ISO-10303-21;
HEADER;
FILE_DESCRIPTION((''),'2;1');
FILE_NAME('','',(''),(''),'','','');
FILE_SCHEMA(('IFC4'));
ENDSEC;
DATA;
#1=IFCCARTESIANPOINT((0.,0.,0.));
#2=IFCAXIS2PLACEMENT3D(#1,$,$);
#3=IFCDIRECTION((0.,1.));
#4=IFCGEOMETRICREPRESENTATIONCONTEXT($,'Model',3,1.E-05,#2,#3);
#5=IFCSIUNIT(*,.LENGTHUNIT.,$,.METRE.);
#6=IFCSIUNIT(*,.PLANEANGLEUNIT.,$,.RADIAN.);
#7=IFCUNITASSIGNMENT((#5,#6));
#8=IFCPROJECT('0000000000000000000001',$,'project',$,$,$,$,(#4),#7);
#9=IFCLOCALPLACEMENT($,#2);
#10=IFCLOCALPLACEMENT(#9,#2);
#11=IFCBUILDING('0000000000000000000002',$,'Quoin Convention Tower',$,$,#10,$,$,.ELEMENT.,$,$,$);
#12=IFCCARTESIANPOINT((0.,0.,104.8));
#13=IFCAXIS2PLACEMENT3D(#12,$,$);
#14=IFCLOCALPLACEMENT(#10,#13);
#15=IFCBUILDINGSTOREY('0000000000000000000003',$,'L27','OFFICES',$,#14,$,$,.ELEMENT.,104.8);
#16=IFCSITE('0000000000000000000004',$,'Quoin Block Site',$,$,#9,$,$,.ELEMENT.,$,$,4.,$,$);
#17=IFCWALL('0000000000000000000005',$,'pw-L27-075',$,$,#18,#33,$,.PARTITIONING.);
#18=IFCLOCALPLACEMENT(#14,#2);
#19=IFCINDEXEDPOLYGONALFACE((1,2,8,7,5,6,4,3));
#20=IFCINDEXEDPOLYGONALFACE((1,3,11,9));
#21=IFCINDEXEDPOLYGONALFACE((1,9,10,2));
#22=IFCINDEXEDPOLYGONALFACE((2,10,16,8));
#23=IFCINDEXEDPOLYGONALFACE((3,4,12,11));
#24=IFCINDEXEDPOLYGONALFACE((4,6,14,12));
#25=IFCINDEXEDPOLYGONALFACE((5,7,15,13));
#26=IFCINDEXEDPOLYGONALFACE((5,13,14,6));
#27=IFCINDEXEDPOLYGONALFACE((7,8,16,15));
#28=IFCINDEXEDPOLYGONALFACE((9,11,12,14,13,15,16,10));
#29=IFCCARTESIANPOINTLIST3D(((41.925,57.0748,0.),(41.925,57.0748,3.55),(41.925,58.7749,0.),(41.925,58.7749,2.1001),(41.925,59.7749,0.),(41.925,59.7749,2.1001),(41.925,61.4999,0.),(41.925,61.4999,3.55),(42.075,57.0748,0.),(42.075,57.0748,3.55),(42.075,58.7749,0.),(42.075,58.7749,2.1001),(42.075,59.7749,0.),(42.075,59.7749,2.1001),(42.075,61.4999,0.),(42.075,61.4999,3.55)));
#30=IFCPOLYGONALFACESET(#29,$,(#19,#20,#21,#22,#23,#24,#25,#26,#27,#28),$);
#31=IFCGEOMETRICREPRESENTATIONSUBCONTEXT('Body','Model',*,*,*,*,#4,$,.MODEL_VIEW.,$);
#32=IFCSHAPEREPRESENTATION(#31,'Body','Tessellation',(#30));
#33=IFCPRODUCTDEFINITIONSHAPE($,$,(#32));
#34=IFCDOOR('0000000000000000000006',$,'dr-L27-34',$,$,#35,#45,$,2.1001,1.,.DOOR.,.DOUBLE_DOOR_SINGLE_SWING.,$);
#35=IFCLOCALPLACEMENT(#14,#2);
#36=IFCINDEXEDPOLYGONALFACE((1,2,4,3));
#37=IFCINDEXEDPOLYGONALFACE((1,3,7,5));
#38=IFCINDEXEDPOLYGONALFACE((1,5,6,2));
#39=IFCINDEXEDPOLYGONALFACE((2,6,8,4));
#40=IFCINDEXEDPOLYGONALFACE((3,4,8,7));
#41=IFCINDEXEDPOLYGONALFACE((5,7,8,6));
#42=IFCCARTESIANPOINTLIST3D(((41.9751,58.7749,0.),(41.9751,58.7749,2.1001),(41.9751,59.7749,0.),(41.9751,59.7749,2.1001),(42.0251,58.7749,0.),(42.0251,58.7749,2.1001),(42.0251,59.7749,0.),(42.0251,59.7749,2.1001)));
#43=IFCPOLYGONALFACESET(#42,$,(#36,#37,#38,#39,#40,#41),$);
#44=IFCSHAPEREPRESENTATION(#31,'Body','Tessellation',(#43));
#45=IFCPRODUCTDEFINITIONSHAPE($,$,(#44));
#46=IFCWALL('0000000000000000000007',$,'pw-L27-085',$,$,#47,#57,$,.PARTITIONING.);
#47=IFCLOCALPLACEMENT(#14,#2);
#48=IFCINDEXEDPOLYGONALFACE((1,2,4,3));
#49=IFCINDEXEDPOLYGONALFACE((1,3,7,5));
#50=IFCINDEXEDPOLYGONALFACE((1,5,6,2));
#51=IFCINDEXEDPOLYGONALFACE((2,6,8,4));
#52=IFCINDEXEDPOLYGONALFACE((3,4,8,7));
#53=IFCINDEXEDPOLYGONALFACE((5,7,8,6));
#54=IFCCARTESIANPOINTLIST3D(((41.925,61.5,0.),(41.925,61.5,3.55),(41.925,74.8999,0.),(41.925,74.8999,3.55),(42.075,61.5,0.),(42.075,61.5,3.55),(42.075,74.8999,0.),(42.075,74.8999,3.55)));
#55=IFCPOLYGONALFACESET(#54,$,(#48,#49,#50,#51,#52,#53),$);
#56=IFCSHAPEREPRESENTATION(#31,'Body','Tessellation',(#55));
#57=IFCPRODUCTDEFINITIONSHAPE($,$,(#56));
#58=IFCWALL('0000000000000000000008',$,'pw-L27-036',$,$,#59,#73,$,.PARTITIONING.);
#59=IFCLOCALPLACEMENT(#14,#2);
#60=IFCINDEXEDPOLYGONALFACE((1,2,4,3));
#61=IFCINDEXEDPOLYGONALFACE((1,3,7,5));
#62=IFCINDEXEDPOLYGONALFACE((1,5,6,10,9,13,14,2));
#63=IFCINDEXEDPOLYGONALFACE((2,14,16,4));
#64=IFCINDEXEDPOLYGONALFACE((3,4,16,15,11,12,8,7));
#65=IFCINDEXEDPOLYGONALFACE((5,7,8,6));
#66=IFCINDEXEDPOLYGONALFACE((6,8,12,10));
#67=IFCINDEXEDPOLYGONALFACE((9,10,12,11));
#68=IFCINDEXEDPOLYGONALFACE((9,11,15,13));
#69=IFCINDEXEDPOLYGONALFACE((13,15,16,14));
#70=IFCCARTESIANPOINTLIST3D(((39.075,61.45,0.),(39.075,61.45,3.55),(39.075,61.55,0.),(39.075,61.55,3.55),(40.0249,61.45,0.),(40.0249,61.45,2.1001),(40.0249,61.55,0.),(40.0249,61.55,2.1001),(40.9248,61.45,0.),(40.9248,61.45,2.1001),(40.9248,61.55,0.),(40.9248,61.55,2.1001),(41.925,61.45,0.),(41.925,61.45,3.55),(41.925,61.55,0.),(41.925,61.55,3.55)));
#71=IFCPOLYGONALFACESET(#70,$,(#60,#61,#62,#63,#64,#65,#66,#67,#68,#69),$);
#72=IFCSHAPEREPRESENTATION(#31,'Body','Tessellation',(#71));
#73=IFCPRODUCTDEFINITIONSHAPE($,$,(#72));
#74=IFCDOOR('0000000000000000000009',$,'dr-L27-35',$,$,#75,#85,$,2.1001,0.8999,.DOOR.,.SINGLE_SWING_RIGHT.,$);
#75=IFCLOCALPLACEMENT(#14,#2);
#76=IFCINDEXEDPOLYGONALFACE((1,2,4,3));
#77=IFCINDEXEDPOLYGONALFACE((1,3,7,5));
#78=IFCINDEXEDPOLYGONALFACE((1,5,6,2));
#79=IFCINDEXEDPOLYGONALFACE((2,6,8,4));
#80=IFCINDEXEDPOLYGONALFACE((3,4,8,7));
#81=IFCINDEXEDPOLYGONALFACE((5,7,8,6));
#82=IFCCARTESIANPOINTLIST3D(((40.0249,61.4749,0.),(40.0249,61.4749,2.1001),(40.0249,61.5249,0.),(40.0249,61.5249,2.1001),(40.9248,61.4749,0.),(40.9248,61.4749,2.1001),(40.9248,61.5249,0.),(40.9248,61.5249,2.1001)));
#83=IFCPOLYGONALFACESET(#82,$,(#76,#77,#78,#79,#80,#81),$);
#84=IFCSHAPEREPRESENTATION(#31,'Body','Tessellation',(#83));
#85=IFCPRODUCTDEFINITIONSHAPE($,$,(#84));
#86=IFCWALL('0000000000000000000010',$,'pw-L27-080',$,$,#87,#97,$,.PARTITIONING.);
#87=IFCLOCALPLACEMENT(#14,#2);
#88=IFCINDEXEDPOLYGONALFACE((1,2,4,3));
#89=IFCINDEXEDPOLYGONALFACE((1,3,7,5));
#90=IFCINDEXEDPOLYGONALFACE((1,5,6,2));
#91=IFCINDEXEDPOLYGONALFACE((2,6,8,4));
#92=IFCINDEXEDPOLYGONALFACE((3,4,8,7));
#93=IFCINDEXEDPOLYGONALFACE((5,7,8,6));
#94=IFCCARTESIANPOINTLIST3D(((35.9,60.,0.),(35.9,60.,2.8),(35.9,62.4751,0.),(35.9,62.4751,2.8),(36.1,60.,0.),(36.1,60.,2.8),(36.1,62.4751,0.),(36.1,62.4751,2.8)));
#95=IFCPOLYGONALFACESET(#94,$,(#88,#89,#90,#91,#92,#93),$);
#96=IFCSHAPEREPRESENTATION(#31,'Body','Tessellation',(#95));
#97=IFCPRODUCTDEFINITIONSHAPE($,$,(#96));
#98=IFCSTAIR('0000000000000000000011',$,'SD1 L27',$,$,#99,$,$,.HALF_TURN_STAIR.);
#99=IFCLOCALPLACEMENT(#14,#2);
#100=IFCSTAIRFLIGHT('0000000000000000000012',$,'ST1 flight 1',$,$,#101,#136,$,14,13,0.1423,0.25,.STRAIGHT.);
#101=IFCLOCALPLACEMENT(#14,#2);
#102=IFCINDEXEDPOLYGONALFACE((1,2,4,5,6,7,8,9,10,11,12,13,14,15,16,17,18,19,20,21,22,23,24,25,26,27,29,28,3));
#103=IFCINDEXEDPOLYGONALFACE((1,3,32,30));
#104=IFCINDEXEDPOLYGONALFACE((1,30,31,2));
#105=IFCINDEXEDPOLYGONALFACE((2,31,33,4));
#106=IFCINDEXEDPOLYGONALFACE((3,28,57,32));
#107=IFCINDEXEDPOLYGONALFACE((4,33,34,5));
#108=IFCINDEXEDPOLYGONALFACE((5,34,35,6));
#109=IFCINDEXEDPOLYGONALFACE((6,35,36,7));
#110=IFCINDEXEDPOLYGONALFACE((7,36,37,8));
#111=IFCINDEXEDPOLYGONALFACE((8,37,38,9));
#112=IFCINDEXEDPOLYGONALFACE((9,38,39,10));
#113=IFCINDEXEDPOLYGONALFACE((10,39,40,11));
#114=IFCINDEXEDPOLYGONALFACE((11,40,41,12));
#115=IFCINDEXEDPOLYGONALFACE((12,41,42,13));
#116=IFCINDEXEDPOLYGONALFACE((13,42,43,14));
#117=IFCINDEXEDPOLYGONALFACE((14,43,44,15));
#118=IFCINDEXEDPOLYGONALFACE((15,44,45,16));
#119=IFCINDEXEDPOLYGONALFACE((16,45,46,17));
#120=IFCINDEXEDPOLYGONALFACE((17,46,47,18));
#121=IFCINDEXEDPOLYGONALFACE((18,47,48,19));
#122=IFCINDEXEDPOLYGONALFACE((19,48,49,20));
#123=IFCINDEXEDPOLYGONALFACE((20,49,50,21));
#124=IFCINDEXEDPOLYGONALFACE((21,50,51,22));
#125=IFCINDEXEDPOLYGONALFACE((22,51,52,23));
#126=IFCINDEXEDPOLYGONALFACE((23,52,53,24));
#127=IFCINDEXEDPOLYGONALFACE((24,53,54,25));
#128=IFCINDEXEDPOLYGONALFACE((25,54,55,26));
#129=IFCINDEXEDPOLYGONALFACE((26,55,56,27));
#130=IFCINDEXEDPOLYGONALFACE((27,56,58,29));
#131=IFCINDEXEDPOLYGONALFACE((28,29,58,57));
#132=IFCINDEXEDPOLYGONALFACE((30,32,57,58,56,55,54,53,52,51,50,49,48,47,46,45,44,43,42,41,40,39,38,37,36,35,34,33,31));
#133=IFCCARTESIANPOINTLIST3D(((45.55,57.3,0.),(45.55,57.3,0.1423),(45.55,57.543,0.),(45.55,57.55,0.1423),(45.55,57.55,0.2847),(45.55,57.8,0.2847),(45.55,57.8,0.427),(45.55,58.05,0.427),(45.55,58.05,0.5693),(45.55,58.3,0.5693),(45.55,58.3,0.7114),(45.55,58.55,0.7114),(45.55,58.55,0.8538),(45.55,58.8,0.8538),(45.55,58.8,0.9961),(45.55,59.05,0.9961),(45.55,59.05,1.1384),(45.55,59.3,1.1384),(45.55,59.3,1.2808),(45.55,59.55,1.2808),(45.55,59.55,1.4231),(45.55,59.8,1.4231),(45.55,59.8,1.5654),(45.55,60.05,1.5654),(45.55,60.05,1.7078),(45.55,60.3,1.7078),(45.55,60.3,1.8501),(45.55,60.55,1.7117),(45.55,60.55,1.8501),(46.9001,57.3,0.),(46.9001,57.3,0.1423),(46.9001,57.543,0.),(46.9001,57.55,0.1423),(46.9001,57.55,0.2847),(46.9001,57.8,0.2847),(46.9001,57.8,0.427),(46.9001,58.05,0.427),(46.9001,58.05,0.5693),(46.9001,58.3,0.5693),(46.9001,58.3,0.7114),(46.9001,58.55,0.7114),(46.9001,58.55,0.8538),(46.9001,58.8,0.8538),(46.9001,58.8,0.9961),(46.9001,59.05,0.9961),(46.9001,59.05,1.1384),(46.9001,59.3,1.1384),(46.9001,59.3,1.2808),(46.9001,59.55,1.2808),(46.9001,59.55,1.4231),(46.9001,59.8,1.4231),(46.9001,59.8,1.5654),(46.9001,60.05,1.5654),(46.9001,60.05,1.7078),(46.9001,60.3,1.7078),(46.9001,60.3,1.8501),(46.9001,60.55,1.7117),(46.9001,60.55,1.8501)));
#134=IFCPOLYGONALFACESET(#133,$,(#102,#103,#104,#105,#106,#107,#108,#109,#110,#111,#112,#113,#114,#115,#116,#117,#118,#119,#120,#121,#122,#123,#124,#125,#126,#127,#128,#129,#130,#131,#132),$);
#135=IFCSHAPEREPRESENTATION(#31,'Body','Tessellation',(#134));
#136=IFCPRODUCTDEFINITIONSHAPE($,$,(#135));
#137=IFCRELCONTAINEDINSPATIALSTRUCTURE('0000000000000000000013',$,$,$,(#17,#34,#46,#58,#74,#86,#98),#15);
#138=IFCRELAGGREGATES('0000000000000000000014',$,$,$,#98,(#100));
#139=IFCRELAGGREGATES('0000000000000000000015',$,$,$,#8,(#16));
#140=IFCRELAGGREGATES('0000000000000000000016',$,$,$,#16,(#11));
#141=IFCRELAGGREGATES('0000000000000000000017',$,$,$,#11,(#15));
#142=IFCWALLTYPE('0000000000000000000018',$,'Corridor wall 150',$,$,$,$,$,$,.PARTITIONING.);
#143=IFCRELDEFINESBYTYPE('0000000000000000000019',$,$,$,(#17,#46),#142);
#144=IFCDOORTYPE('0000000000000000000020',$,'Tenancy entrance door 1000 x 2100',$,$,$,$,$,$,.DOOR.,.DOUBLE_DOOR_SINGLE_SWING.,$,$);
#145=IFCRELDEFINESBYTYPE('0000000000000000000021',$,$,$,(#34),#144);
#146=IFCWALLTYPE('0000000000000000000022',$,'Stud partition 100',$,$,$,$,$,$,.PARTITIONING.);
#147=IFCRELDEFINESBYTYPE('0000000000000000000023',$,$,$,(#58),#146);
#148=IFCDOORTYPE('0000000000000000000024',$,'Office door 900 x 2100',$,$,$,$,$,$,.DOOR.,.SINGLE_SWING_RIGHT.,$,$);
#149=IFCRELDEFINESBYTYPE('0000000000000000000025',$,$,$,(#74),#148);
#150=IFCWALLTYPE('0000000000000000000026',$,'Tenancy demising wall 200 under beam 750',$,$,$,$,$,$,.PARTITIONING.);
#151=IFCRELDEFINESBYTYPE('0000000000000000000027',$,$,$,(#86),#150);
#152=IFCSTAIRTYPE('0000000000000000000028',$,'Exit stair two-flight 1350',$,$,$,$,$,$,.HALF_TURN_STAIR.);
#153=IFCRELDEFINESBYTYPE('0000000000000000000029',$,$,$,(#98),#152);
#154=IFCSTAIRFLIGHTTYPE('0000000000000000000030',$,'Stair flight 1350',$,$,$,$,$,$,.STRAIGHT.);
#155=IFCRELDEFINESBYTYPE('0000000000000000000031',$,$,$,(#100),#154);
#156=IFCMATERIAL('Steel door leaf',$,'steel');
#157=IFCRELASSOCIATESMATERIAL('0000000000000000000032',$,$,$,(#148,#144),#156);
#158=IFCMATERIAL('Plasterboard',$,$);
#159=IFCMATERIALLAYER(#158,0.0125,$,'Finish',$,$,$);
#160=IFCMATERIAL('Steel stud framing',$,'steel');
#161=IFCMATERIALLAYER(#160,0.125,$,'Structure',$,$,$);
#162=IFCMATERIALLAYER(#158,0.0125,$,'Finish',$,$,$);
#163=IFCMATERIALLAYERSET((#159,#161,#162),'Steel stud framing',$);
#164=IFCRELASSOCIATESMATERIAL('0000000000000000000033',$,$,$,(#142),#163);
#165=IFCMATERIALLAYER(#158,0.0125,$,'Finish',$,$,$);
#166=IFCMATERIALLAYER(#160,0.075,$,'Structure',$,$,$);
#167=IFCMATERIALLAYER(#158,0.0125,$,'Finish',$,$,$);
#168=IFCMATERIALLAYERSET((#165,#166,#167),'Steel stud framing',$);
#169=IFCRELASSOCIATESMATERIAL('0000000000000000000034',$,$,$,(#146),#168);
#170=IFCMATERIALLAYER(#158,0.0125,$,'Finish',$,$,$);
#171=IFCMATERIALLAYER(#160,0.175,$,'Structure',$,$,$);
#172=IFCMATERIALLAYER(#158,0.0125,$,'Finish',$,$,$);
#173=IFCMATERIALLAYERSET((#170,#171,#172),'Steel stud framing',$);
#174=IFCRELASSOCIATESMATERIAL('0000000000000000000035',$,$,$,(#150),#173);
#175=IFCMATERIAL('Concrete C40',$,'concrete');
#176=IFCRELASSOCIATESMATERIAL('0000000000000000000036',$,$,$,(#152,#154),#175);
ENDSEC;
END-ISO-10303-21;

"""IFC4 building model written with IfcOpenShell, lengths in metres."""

from ifc_helpers import new_model, si_unit, direction, frame, frame_2d, origin, place, context, subcontext, project, spatial, polyline, rectangle, outline, extrude, material, layer, layer_set, type_object, element, fill, aggregate, save


model = new_model("IFC4")

# Units and contexts
model_context = context("Model", 3, precision=1e-05, world=origin(), true_north=direction((0.0, 1.0)))
body_context = subcontext(model_context, "Body", "Model", "MODEL_VIEW")
ifc_project = project(units=[si_unit("LENGTHUNIT", "METRE"), si_unit("PLANEANGLEUNIT", "RADIAN")], contexts=[model_context])

# Site, building, storey
site_placement = place(None, origin())
site = spatial("IfcSite", under=ifc_project, at=site_placement, Name="Quoin Block Site", CompositionType="ELEMENT", RefElevation=4.0)
building_placement = place(site_placement, origin())
building = spatial("IfcBuilding", under=site, at=building_placement, Name="Quoin Convention Tower", CompositionType="ELEMENT")
storey_placement = place(building_placement, frame((0.0, 0.0, 104.8)))
storey = spatial("IfcBuildingStorey", under=building, at=storey_placement, Name="L27", Description="OFFICES", CompositionType="ELEMENT", Elevation=104.8)

# Shared definitions
ifc_material_1 = material(Name="Plasterboard")
ifc_material_2 = material(Name="Steel stud framing", Category="steel")

# Shared definitions
ifc_material_3 = material(Name="Steel door leaf", Category="steel")
door_type_1 = type_object("IfcDoorType", Name="Office door 900 x 2100", OperationType="SINGLE_SWING_RIGHT", PredefinedType="DOOR", material=ifc_material_3)

# Shared definitions
ifc_layer_1 = layer(ifc_material_1, 0.0125, Name="Finish")
ifc_layer_2 = layer(ifc_material_2, 0.125, Name="Structure")
ifc_layer_3 = layer(ifc_material_1, 0.0125, Name="Finish")
ifc_layer_set_1 = layer_set([ifc_layer_1, ifc_layer_2, ifc_layer_3], Name="Steel stud framing")
wall_type_1 = type_object("IfcWallType", Name="Corridor wall 150", PredefinedType="PARTITIONING", material=ifc_layer_set_1)

# Wall, opening, door
wall_1_placement = place(storey_placement, frame((42.0, 57.075, 0.0), z_axis=(0.0, 0.0, 1.0), x_axis=(0.0, 1.0, 0.0)))
wall_1 = element("IfcWall", 1, at=wall_1_placement, inside=storey, type_object=wall_type_1, Name="pw-L27-075", PredefinedType="PARTITIONING", context=body_context, shape_type="SweptSolid", body=[
    extrude(rectangle(XDim=4.425, YDim=0.1499, at=frame_2d((2.2124, 0.0))), origin(), (0.0, 0.0, 1.0), 3.55),
])
opening_1_placement = place(wall_1_placement, frame((1.7, 0.0, 0.0)))
opening_1 = element("IfcOpeningElement", 2, at=opening_1_placement, cuts=wall_1, PredefinedType="OPENING", context=body_context, shape_type="SweptSolid", body=[
    extrude(rectangle(XDim=1.0, YDim=2.1001, at=frame_2d((0.5, 1.05))), frame((0.0, 0.085, 0.0), z_axis=(0.0, -1.0, 0.0), x_axis=(1.0, 0.0, 0.0)), (0.0, 0.0, 1.0), 0.1699),
])
door_type_2 = type_object("IfcDoorType", Name="Tenancy entrance door 1000 x 2100", OperationType="DOUBLE_DOOR_SINGLE_SWING", PredefinedType="DOOR", material=ifc_material_3)
door_1_placement = place(opening_1_placement, origin())
door_1 = element("IfcDoor", 3, at=door_1_placement, inside=storey, type_object=door_type_2, Name="dr-L27-34", OperationType="DOUBLE_DOOR_SINGLE_SWING", OverallHeight=2.1001, OverallWidth=1.0, PredefinedType="DOOR", context=body_context, shape_type="SweptSolid", body=[
    extrude(rectangle(XDim=1.0, YDim=2.1001, at=frame_2d((0.5, 1.05))), frame((0.0, 0.0249, 0.0), z_axis=(0.0, -1.0, 0.0), x_axis=(1.0, 0.0, 0.0)), (0.0, 0.0, 1.0), 0.05),
])
fill(opening_1, door_1)

# Wall
wall_2_placement = place(storey_placement, frame((42.0, 61.5, 0.0), z_axis=(0.0, 0.0, 1.0), x_axis=(0.0, 1.0, 0.0)))
element("IfcWall", 4, at=wall_2_placement, inside=storey, type_object=wall_type_1, Name="pw-L27-085", PredefinedType="PARTITIONING", context=body_context, shape_type="SweptSolid", body=[
    extrude(rectangle(XDim=13.3999, YDim=0.1499, at=frame_2d((6.7, 0.0))), origin(), (0.0, 0.0, 1.0), 3.55),
])

# Wall, opening, door
ifc_layer_4 = layer(ifc_material_1, 0.0125, Name="Finish")
ifc_layer_5 = layer(ifc_material_2, 0.075, Name="Structure")
ifc_layer_6 = layer(ifc_material_1, 0.0125, Name="Finish")
ifc_layer_set_2 = layer_set([ifc_layer_4, ifc_layer_5, ifc_layer_6], Name="Steel stud framing")
wall_type_2 = type_object("IfcWallType", Name="Stud partition 100", PredefinedType="PARTITIONING", material=ifc_layer_set_2)
wall_3_placement = place(storey_placement, frame((39.075, 61.5, 0.0), z_axis=(0.0, 0.0, 1.0), x_axis=(1.0, 0.0, 0.0)))
wall_3 = element("IfcWall", 5, at=wall_3_placement, inside=storey, type_object=wall_type_2, Name="pw-L27-036", PredefinedType="PARTITIONING", context=body_context, shape_type="SweptSolid", body=[
    extrude(rectangle(XDim=2.8501, YDim=0.1001, at=frame_2d((1.425, 0.0))), origin(), (0.0, 0.0, 1.0), 3.55),
])
opening_2_placement = place(wall_3_placement, frame((0.95, 0.0, 0.0)))
opening_2 = element("IfcOpeningElement", 6, at=opening_2_placement, cuts=wall_3, PredefinedType="OPENING", context=body_context, shape_type="SweptSolid", body=[
    extrude(rectangle(XDim=0.8999, YDim=2.1001, at=frame_2d((0.45, 1.05))), frame((0.0, 0.0601, 0.0), z_axis=(0.0, -1.0, 0.0), x_axis=(1.0, 0.0, 0.0)), (0.0, 0.0, 1.0), 0.1201),
])
door_2_placement = place(opening_2_placement, origin())
door_2 = element("IfcDoor", 7, at=door_2_placement, inside=storey, type_object=door_type_1, Name="dr-L27-35", OperationType="SINGLE_SWING_RIGHT", OverallHeight=2.1001, OverallWidth=0.8999, PredefinedType="DOOR", context=body_context, shape_type="SweptSolid", body=[
    extrude(rectangle(XDim=0.8999, YDim=2.1001, at=frame_2d((0.45, 1.05))), frame((0.0, 0.0249, 0.0), z_axis=(0.0, -1.0, 0.0), x_axis=(1.0, 0.0, 0.0)), (0.0, 0.0, 1.0), 0.05),
])
fill(opening_2, door_2)

# Wall
ifc_layer_7 = layer(ifc_material_1, 0.0125, Name="Finish")
ifc_layer_8 = layer(ifc_material_2, 0.175, Name="Structure")
ifc_layer_9 = layer(ifc_material_1, 0.0125, Name="Finish")
ifc_layer_set_3 = layer_set([ifc_layer_7, ifc_layer_8, ifc_layer_9], Name="Steel stud framing")
wall_type_3 = type_object("IfcWallType", Name="Tenancy demising wall 200 under beam 750", PredefinedType="PARTITIONING", material=ifc_layer_set_3)
wall_4_placement = place(storey_placement, frame((36.0, 60.0, 0.0), z_axis=(0.0, 0.0, 1.0), x_axis=(0.0, 1.0, 0.0)))
element("IfcWall", 8, at=wall_4_placement, inside=storey, type_object=wall_type_3, Name="pw-L27-080", PredefinedType="PARTITIONING", context=body_context, shape_type="SweptSolid", body=[
    extrude(rectangle(XDim=2.4751, YDim=0.2, at=frame_2d((1.2375, 0.0))), origin(), (0.0, 0.0, 1.0), 2.8),
])

# Stair, stair flight
ifc_material_4 = material(Name="Concrete C40", Category="concrete")
stair_type = type_object("IfcStairType", Name="Exit stair two-flight 1350", PredefinedType="HALF_TURN_STAIR", material=ifc_material_4)
stair_placement = place(storey_placement, origin())
stair = element("IfcStair", 9, at=stair_placement, inside=storey, type_object=stair_type, Name="SD1 L27", PredefinedType="HALF_TURN_STAIR")
stair_flight_type = type_object("IfcStairFlightType", Name="Stair flight 1350", PredefinedType="STRAIGHT", material=ifc_material_4)
stair_flight_placement = place(storey_placement, frame((46.2251, 57.3, 0.0), z_axis=(0.0, 0.0, 1.0), x_axis=(0.0, 1.0, 0.0)))
stair_flight = element("IfcStairFlight", 10, at=stair_flight_placement, type_object=stair_flight_type, Name="ST1 flight 1", NumberOfRisers=14, NumberOfTreads=13, PredefinedType="STRAIGHT", RiserHeight=0.1423, TreadLength=0.25, context=body_context, shape_type="SweptSolid", body=[
    extrude(outline(polyline([(0.0, 0.0), (0.0, 0.1423), (0.25, 0.1423), (0.25, 0.2847), (0.5, 0.2847), (0.5, 0.427), (0.75, 0.427), (0.75, 0.5693), (1.0, 0.5693), (1.0, 0.7114), (1.25, 0.7114), (1.25, 0.8538), (1.5, 0.8538), (1.5, 0.9961), (1.75, 0.9961), (1.75, 1.1384), (2.0, 1.1384), (2.0, 1.2808), (2.25, 1.2808), (2.25, 1.4231), (2.5, 1.4231), (2.5, 1.5654), (2.75, 1.5654), (2.75, 1.7078), (3.0, 1.7078), (3.0, 1.8501), (3.25, 1.8501), (3.25, 1.9922), (3.25, 1.7117), (0.2429, 0.0), (0.0, 0.0)])), frame((0.0, 0.675, 0.0), z_axis=(0.0, -1.0, 0.0), x_axis=(1.0, 0.0, 0.0)), (0.0, 0.0, 1.0), 1.3501),
])
aggregate(stair, [stair_flight])

save(model, "model.ifc")
